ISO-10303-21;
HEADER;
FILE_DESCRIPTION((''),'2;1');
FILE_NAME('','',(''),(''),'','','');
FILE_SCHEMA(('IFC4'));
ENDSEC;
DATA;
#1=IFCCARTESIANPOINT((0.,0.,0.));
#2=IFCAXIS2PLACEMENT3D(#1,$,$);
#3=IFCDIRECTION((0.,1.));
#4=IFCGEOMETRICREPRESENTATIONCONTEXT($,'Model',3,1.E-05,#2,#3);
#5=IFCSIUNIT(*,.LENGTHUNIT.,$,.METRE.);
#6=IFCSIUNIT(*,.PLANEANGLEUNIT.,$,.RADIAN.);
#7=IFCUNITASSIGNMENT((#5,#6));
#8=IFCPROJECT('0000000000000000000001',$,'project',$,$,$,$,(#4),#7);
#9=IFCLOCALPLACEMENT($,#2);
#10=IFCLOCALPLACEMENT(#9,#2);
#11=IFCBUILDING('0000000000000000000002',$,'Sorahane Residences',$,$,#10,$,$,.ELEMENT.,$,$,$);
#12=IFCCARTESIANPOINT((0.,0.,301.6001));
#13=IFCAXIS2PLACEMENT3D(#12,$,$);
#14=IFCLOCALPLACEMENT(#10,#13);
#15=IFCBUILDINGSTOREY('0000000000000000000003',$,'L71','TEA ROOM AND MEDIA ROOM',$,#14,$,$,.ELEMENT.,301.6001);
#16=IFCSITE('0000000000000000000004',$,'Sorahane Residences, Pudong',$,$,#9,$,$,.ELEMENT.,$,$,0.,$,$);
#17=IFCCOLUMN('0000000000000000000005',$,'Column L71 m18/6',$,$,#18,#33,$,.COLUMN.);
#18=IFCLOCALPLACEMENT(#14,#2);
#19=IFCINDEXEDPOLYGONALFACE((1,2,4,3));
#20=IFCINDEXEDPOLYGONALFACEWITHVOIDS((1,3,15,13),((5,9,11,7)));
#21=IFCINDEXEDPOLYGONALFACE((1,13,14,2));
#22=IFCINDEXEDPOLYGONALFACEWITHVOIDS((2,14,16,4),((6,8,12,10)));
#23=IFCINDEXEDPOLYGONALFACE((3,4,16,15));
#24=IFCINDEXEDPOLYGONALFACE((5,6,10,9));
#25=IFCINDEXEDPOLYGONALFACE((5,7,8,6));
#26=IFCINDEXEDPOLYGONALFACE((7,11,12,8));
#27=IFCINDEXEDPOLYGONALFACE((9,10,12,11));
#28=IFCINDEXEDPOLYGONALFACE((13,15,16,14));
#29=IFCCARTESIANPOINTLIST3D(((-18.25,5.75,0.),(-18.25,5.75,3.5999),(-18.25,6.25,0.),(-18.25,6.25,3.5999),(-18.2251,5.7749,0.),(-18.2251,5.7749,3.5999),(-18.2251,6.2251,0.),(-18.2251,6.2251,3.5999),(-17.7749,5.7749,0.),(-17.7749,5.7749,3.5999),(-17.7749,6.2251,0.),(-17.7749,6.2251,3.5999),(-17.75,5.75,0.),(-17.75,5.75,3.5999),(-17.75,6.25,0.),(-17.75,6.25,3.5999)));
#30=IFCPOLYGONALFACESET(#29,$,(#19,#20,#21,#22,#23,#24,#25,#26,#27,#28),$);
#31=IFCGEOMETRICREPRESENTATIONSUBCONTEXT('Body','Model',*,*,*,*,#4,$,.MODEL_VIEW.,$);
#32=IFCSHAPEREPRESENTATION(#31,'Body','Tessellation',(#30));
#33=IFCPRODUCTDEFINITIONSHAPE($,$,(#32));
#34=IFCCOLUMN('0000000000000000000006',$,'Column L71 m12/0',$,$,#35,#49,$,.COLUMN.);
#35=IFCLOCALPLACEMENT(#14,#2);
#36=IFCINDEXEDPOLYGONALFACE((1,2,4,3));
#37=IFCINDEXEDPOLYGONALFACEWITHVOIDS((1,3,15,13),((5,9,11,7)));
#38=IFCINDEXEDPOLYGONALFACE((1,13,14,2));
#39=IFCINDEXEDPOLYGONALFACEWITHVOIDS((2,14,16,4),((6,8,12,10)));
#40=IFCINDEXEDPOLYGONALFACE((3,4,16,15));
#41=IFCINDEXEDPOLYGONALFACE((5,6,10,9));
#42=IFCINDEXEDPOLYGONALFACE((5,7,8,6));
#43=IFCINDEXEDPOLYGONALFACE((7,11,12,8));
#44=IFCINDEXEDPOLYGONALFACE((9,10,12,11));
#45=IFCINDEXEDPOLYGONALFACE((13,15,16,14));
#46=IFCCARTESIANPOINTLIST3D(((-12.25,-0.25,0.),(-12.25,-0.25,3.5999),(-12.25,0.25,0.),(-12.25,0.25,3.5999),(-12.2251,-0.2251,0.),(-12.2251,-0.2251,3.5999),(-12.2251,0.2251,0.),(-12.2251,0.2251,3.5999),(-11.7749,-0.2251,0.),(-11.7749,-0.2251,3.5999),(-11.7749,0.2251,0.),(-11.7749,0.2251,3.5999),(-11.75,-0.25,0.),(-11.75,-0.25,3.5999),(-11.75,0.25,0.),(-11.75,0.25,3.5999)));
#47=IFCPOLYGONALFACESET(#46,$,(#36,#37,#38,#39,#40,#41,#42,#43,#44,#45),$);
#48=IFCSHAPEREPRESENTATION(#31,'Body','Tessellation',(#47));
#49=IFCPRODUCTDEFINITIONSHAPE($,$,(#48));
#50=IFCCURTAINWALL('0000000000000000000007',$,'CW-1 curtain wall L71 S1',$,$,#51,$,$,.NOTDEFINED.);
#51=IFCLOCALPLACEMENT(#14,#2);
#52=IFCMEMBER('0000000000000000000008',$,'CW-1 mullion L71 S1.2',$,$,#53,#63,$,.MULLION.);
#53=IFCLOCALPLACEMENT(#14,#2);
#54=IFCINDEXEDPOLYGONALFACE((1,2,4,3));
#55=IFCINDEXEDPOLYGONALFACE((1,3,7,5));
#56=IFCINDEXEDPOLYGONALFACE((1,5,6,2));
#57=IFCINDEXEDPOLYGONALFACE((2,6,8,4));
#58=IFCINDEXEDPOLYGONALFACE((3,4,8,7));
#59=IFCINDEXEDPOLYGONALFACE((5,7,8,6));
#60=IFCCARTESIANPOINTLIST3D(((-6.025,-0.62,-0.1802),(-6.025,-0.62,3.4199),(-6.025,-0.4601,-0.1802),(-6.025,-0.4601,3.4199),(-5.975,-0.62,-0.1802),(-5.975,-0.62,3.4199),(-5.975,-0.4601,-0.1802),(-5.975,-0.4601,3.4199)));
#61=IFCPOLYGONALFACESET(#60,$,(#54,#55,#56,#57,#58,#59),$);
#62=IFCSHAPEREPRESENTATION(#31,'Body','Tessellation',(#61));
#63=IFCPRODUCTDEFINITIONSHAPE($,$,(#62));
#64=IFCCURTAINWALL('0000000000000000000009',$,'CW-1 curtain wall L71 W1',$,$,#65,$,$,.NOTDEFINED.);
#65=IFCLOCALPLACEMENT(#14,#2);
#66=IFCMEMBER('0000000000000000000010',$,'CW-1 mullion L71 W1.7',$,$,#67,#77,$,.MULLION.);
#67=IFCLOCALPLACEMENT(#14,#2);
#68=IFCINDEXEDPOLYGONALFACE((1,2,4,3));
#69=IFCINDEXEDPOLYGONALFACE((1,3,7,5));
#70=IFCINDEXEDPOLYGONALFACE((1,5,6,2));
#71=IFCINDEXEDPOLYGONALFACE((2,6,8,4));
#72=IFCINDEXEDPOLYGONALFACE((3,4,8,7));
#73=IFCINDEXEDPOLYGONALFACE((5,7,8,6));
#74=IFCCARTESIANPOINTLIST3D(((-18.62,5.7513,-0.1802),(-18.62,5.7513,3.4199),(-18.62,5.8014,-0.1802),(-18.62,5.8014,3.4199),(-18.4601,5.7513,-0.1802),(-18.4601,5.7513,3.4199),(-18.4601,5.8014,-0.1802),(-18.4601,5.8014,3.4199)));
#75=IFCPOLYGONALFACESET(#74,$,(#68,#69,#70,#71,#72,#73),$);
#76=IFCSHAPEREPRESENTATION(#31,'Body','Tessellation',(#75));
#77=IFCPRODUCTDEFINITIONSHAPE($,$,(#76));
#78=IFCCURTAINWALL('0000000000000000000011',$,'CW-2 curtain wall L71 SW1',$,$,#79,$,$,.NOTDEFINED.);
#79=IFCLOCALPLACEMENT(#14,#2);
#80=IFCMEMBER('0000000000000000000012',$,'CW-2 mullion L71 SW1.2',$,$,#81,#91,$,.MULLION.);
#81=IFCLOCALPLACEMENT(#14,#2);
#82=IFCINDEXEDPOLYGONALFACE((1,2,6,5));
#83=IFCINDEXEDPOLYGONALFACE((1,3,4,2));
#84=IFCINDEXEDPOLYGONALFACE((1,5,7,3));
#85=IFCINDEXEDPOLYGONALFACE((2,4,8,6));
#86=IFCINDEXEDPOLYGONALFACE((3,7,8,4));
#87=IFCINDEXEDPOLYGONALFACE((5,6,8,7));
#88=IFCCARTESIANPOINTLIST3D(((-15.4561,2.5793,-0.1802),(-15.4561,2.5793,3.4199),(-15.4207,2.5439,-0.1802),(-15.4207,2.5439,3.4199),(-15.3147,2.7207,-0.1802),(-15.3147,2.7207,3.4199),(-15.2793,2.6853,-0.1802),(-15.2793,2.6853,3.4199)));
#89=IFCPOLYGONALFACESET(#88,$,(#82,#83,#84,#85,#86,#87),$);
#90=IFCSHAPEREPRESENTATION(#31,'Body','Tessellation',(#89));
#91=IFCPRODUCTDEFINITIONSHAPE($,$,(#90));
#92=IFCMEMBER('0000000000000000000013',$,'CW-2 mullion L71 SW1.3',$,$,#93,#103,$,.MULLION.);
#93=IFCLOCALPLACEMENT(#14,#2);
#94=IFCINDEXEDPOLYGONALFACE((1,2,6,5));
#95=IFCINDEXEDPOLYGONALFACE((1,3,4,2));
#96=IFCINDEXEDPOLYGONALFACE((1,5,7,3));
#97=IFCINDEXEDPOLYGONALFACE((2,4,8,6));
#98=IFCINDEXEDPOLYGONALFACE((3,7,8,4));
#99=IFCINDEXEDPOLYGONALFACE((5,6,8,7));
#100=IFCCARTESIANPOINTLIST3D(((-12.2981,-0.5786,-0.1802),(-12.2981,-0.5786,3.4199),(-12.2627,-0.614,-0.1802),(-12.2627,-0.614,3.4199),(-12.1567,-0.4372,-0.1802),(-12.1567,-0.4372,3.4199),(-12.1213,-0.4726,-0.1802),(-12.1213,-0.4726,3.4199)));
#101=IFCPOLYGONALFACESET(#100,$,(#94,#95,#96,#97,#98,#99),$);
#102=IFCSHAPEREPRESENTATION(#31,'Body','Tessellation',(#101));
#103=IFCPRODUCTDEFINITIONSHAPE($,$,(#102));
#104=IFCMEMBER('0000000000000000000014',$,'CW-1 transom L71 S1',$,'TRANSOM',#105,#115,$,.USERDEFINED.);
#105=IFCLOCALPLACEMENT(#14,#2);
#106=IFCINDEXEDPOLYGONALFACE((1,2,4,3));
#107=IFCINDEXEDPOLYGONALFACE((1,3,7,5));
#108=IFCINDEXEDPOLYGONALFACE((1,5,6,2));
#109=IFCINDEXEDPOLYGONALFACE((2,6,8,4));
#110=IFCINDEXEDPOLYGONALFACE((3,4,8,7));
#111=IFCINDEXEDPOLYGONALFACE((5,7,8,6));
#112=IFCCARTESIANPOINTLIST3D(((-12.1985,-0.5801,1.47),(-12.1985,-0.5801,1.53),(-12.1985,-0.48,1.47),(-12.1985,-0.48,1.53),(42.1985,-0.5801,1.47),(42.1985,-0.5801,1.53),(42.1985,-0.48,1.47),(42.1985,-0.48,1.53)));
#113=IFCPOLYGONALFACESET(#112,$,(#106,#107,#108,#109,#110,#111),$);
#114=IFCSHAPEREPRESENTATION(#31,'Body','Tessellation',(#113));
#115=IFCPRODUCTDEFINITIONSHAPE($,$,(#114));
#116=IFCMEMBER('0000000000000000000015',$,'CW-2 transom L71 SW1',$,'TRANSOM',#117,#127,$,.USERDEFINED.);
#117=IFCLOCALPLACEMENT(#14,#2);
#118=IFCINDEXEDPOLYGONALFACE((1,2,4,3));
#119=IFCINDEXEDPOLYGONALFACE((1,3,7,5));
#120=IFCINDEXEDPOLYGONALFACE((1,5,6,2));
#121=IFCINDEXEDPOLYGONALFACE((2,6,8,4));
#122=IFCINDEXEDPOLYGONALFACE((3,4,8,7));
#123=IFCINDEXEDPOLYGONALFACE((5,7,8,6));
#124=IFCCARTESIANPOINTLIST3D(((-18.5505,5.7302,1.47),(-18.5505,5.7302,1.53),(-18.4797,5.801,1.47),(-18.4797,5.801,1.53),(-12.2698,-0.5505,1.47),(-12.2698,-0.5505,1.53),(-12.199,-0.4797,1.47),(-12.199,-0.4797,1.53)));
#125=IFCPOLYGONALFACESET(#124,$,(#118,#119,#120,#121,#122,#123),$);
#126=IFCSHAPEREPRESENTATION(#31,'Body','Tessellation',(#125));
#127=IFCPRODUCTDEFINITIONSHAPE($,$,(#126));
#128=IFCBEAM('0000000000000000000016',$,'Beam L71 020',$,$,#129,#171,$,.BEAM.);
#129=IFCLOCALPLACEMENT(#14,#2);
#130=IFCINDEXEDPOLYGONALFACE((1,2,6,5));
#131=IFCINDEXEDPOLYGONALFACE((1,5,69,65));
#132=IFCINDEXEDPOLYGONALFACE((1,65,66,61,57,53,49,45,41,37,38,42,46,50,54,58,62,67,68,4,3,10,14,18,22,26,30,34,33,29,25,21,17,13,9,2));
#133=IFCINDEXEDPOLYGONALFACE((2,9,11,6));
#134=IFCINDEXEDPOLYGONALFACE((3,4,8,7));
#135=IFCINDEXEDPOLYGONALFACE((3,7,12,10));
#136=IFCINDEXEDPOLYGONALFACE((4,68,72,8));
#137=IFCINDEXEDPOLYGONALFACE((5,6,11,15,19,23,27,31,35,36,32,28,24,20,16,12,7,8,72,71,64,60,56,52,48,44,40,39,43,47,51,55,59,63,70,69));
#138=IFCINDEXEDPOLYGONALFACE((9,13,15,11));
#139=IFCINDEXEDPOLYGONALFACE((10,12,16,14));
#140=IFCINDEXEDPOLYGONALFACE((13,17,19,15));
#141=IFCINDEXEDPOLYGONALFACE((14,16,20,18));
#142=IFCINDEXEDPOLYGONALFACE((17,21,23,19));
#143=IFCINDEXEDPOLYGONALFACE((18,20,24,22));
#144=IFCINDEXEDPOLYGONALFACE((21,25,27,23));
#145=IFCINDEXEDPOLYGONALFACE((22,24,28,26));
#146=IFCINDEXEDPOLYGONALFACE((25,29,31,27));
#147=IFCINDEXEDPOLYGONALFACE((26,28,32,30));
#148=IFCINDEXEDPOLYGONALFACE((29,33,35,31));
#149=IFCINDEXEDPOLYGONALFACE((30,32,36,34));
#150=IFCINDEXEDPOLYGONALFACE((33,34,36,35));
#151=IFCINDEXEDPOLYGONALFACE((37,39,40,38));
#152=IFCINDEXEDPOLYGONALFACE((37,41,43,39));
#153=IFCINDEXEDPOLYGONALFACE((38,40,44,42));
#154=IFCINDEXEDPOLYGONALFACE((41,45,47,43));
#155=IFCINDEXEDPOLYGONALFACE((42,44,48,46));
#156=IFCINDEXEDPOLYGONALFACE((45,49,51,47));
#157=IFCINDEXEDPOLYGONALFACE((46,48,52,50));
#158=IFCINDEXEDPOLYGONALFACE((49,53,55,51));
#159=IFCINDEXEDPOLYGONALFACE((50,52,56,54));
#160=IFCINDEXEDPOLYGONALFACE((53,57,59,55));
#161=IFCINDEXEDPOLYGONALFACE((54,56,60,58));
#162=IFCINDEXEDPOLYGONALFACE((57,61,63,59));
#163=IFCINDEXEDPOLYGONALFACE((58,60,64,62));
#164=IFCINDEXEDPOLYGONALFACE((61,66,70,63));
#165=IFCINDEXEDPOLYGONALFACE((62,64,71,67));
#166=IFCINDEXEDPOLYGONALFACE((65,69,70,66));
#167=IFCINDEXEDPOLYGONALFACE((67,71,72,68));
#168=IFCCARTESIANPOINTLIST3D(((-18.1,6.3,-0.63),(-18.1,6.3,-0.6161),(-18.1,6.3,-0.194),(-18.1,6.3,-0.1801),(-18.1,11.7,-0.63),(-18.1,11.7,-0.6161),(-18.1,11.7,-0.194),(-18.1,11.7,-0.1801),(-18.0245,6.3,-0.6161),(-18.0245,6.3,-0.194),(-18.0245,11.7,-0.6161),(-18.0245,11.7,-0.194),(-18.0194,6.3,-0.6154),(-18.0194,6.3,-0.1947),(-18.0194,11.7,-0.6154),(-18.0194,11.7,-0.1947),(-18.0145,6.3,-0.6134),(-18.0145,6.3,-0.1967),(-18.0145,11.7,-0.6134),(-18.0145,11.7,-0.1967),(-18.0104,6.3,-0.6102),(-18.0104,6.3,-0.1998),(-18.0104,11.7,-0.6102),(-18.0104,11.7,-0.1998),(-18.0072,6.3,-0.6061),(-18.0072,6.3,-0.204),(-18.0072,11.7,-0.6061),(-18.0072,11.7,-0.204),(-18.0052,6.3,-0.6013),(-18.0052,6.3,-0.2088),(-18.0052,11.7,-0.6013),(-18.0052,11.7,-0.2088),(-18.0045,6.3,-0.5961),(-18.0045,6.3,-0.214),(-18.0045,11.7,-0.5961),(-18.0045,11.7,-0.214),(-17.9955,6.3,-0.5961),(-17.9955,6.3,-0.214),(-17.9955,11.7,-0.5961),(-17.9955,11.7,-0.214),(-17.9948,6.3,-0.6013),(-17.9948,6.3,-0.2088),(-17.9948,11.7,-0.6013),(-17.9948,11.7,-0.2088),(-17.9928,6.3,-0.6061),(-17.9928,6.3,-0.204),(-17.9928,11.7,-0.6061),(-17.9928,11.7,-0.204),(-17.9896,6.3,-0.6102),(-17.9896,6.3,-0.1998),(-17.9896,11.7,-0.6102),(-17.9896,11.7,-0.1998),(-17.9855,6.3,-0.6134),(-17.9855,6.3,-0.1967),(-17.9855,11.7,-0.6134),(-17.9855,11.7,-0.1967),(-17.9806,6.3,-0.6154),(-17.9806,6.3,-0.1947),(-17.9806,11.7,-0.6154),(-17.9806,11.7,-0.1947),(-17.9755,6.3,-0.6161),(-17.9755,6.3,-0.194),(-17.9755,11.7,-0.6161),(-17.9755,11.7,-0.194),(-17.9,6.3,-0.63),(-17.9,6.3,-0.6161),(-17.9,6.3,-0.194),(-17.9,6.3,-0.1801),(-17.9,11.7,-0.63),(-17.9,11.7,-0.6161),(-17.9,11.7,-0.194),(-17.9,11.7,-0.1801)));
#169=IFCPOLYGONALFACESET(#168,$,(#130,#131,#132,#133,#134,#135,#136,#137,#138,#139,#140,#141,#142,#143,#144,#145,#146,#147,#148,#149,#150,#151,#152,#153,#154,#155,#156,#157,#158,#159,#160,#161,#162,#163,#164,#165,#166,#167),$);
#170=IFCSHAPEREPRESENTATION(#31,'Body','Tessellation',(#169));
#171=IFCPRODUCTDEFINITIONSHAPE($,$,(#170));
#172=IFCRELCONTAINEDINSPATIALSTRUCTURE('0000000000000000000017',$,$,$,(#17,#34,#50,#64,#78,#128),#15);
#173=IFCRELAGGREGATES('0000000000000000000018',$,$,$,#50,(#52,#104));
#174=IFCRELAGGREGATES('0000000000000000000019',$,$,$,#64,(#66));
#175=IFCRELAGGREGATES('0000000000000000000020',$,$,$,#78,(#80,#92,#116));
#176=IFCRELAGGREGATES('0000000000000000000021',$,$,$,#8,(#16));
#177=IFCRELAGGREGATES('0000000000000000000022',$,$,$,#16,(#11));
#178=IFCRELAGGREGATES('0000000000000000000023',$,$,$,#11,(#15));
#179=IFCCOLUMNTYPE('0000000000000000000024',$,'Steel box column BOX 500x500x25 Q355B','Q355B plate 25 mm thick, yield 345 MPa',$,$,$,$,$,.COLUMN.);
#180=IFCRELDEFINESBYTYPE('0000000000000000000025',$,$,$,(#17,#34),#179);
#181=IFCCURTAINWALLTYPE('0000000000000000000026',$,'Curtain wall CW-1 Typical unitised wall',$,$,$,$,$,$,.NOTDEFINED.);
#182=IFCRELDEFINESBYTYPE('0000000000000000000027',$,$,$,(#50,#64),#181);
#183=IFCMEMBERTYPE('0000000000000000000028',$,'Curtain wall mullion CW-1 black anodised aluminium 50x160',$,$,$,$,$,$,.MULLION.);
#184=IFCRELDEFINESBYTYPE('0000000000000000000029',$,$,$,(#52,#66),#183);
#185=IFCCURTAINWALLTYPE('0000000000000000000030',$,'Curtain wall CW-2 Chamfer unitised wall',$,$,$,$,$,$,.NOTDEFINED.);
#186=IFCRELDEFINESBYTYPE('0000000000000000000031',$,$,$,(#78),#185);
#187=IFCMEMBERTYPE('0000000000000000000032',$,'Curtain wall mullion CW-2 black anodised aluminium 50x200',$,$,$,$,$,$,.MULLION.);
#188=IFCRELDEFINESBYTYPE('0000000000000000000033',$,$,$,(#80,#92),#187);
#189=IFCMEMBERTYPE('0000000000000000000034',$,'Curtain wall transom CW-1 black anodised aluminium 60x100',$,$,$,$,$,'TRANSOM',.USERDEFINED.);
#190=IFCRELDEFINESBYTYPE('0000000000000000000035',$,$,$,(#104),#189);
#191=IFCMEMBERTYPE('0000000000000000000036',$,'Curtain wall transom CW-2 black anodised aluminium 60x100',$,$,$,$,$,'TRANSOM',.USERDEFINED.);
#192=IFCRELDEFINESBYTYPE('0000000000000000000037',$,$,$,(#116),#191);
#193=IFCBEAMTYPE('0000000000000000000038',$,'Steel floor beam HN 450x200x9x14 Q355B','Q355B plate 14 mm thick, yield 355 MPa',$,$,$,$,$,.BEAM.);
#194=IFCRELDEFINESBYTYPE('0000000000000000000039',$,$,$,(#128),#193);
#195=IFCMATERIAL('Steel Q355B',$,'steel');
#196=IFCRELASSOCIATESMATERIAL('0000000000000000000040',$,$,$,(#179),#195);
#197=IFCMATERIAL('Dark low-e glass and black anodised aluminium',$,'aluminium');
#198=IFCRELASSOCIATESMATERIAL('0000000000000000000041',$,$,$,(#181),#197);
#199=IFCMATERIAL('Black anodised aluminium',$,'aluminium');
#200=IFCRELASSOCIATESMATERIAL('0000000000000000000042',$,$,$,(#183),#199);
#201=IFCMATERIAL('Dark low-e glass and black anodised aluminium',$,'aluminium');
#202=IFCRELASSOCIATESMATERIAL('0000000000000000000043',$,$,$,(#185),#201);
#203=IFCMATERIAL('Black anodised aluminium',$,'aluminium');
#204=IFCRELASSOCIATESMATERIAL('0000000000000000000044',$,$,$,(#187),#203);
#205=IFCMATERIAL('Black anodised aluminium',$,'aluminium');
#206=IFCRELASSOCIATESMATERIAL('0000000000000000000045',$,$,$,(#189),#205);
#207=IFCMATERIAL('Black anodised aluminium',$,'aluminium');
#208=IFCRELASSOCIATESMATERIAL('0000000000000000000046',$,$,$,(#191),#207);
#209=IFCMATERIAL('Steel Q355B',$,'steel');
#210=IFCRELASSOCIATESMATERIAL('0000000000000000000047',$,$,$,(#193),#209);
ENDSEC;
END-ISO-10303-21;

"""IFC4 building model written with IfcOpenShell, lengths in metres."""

from ifc_helpers import new_model, si_unit, direction, frame, origin, origin_2d, place, context, subcontext, project, spatial, rectangle, hollow_rectangle, i_section, extrude, material, material_profile, profile_set, type_object, element, aggregate, save


model = new_model("IFC4")

# Units and contexts
model_context = context("Model", 3, precision=1e-05, world=origin(), true_north=direction((0.0, 1.0)))
body_context = subcontext(model_context, "Body", "Model", "MODEL_VIEW")
ifc_project = project(units=[si_unit("LENGTHUNIT", "METRE"), si_unit("PLANEANGLEUNIT", "RADIAN")], contexts=[model_context])

# Site, building, storey
site_placement = place(None, origin())
site = spatial("IfcSite", under=ifc_project, at=site_placement, Name="Sorahane Residences, Pudong", CompositionType="ELEMENT", RefElevation=0.0)
building_placement = place(site_placement, origin())
building = spatial("IfcBuilding", under=site, at=building_placement, Name="Sorahane Residences", CompositionType="ELEMENT")
storey_placement = place(building_placement, frame((0.0, 0.0, 301.6001)))
storey = spatial("IfcBuildingStorey", under=building, at=storey_placement, Name="L71", Description="TEA ROOM AND MEDIA ROOM", CompositionType="ELEMENT", Elevation=301.6001)

# Columns
ifc_material_1 = material(Name="Steel Q355B", Category="steel")
ifc_material_profile_1 = material_profile(ifc_material_1, hollow_rectangle(XDim=0.5, YDim=0.5, WallThickness=0.0249, at=origin_2d()), Name="BOX 500x500x25")
ifc_profile_set_1 = profile_set([ifc_material_profile_1], Name="Steel Q355B")
column_type = type_object("IfcColumnType", Name="Steel box column BOX 500x500x25 Q355B", Description="Q355B plate 25 mm thick, yield 345 MPa", PredefinedType="COLUMN", material=ifc_profile_set_1)
for number, where, z_axis, x_axis, name in (
    (1, (-18.0, 6.0, 0.0), (0.0, 0.0, 1.0), (1.0, 0.0, 0.0), "Column L71 m18/6"),
    (2, (-12.0, 0.0, 0.0), (0.0, 0.0, 1.0), (1.0, 0.0, 0.0), "Column L71 m12/0"),
):
    element("IfcColumn", number, at=place(storey_placement, frame(where, z_axis=z_axis, x_axis=x_axis)), inside=storey, type_object=column_type, Name=name, PredefinedType="COLUMN", context=body_context, shape_type="SweptSolid", body=[
        extrude(hollow_rectangle(XDim=0.5, YDim=0.5, WallThickness=0.0249, at=origin_2d()), origin(), (0.0, 0.0, 1.0), 3.5999),
    ])

# Curtain walls, members
ifc_material_2 = material(Name="Dark low-e glass and black anodised aluminium", Category="aluminium")
curtain_wall_type_1 = type_object("IfcCurtainWallType", Name="Curtain wall CW-1 Typical unitised wall", PredefinedType="NOTDEFINED", material=ifc_material_2)
curtain_wall_1_placement = place(storey_placement, origin())
curtain_wall_1 = element("IfcCurtainWall", 3, at=curtain_wall_1_placement, inside=storey, type_object=curtain_wall_type_1, Name="CW-1 curtain wall L71 S1", PredefinedType="NOTDEFINED")
ifc_material_3 = material(Name="Black anodised aluminium", Category="aluminium")
ifc_material_profile_2 = material_profile(ifc_material_3, rectangle(XDim=0.1599, YDim=0.05, at=origin_2d()), Name="Curtain wall mullion CW-1 black anodised aluminium 50x160")
ifc_profile_set_2 = profile_set([ifc_material_profile_2], Name="Black anodised aluminium")
member_type_1 = type_object("IfcMemberType", Name="Curtain wall mullion CW-1 black anodised aluminium 50x160", PredefinedType="MULLION", material=ifc_profile_set_2)
member_1_placement = place(storey_placement, frame((-6.0, -0.54, -0.1802), z_axis=(0.0, 0.0, 1.0), x_axis=(0.0, -1.0, 0.0)))
member_1 = element("IfcMember", 4, at=member_1_placement, type_object=member_type_1, Name="CW-1 mullion L71 S1.2", PredefinedType="MULLION", context=body_context, shape_type="SweptSolid", body=[
    extrude(rectangle(XDim=0.1599, YDim=0.05, at=origin_2d()), origin(), (0.0, 0.0, 1.0), 3.6001),
])
curtain_wall_2_placement = place(storey_placement, origin())
curtain_wall_2 = element("IfcCurtainWall", 5, at=curtain_wall_2_placement, inside=storey, type_object=curtain_wall_type_1, Name="CW-1 curtain wall L71 W1", PredefinedType="NOTDEFINED")
member_2_placement = place(storey_placement, frame((-18.54, 5.7764, -0.1802), z_axis=(0.0, 0.0, 1.0), x_axis=(-1.0, 0.0, 0.0)))
member_2 = element("IfcMember", 6, at=member_2_placement, type_object=member_type_1, Name="CW-1 mullion L71 W1.7", PredefinedType="MULLION", context=body_context, shape_type="SweptSolid", body=[
    extrude(rectangle(XDim=0.1599, YDim=0.05, at=origin_2d()), origin(), (0.0, 0.0, 1.0), 3.6001),
])

# Curtain wall, members
ifc_material_4 = material(Name="Dark low-e glass and black anodised aluminium", Category="aluminium")
curtain_wall_type_2 = type_object("IfcCurtainWallType", Name="Curtain wall CW-2 Chamfer unitised wall", PredefinedType="NOTDEFINED", material=ifc_material_4)
curtain_wall_3_placement = place(storey_placement, origin())
curtain_wall_3 = element("IfcCurtainWall", 7, at=curtain_wall_3_placement, inside=storey, type_object=curtain_wall_type_2, Name="CW-2 curtain wall L71 SW1", PredefinedType="NOTDEFINED")
ifc_material_5 = material(Name="Black anodised aluminium", Category="aluminium")
ifc_material_profile_3 = material_profile(ifc_material_5, rectangle(XDim=0.2, YDim=0.05, at=origin_2d()), Name="Curtain wall mullion CW-2 black anodised aluminium 50x200")
ifc_profile_set_3 = profile_set([ifc_material_profile_3], Name="Black anodised aluminium")
member_type_2 = type_object("IfcMemberType", Name="Curtain wall mullion CW-2 black anodised aluminium 50x200", PredefinedType="MULLION", material=ifc_profile_set_3)
member_3_placement = place(storey_placement, frame((-15.3677, 2.6323, -0.1802), z_axis=(0.0, 0.0, 1.0), x_axis=(-0.707107, -0.707107, 0.0)))
member_3 = element("IfcMember", 8, at=member_3_placement, type_object=member_type_2, Name="CW-2 mullion L71 SW1.2", PredefinedType="MULLION", context=body_context, shape_type="SweptSolid", body=[
    extrude(rectangle(XDim=0.2, YDim=0.05, at=origin_2d()), origin(), (0.0, 0.0, 1.0), 3.6001),
])
member_4_placement = place(storey_placement, frame((-12.2097, -0.5256, -0.1802), z_axis=(0.0, 0.0, 1.0), x_axis=(-0.707107, -0.707107, 0.0)))
member_4 = element("IfcMember", 9, at=member_4_placement, type_object=member_type_2, Name="CW-2 mullion L71 SW1.3", PredefinedType="MULLION", context=body_context, shape_type="SweptSolid", body=[
    extrude(rectangle(XDim=0.2, YDim=0.05, at=origin_2d()), origin(), (0.0, 0.0, 1.0), 3.6001),
])

# Members
ifc_material_6 = material(Name="Black anodised aluminium", Category="aluminium")
ifc_material_profile_4 = material_profile(ifc_material_6, rectangle(XDim=0.1001, YDim=0.0601, at=origin_2d()), Name="Curtain wall transom CW-1 black anodised aluminium 60x100")
ifc_profile_set_4 = profile_set([ifc_material_profile_4], Name="Black anodised aluminium")
member_type_3 = type_object("IfcMemberType", Name="Curtain wall transom CW-1 black anodised aluminium 60x100", ElementType="TRANSOM", PredefinedType="USERDEFINED", material=ifc_profile_set_4)
member_5_placement = place(storey_placement, frame((-12.1985, -0.53, 1.5), z_axis=(1.0, 0.0, 0.0), x_axis=(0.0, 1.0, 0.0)))
member_5 = element("IfcMember", 10, at=member_5_placement, type_object=member_type_3, Name="CW-1 transom L71 S1", ObjectType="TRANSOM", PredefinedType="USERDEFINED", context=body_context, shape_type="SweptSolid", body=[
    extrude(rectangle(XDim=0.1001, YDim=0.0601, at=origin_2d()), origin(), (0.0, 0.0, 1.0), 54.397),
])
ifc_material_7 = material(Name="Black anodised aluminium", Category="aluminium")
ifc_material_profile_5 = material_profile(ifc_material_7, rectangle(XDim=0.1001, YDim=0.0601, at=origin_2d()), Name="Curtain wall transom CW-2 black anodised aluminium 60x100")
ifc_profile_set_5 = profile_set([ifc_material_profile_5], Name="Black anodised aluminium")
member_type_4 = type_object("IfcMemberType", Name="Curtain wall transom CW-2 black anodised aluminium 60x100", ElementType="TRANSOM", PredefinedType="USERDEFINED", material=ifc_profile_set_5)
member_6_placement = place(storey_placement, frame((-18.5151, 5.7656, 1.5), z_axis=(0.707107, -0.707107, 0.0), x_axis=(0.707107, 0.707107, 0.0)))
member_6 = element("IfcMember", 11, at=member_6_placement, type_object=member_type_4, Name="CW-2 transom L71 SW1", ObjectType="TRANSOM", PredefinedType="USERDEFINED", context=body_context, shape_type="SweptSolid", body=[
    extrude(rectangle(XDim=0.1001, YDim=0.0601, at=origin_2d()), origin(), (0.0, 0.0, 1.0), 8.8823),
])

# Beam
ifc_material_8 = material(Name="Steel Q355B", Category="steel")
ifc_material_profile_6 = material_profile(ifc_material_8, i_section(OverallWidth=0.2, OverallDepth=0.45, WebThickness=0.009, FlangeThickness=0.0139, FilletRadius=0.02, at=origin_2d()), Name="HN 450x200x9x14")
ifc_profile_set_6 = profile_set([ifc_material_profile_6], Name="Steel Q355B")
beam_type_1 = type_object("IfcBeamType", Name="Steel floor beam HN 450x200x9x14 Q355B", Description="Q355B plate 14 mm thick, yield 355 MPa", PredefinedType="BEAM", material=ifc_profile_set_6)
beam_1_placement = place(storey_placement, frame((-18.0, 6.3, -0.405), z_axis=(0.0, 1.0, 0.0), x_axis=(-1.0, 0.0, 0.0)))
element("IfcBeam", 12, at=beam_1_placement, inside=storey, type_object=beam_type_1, Name="Beam L71 020", PredefinedType="BEAM", context=body_context, shape_type="SweptSolid", body=[
    extrude(i_section(OverallWidth=0.2, OverallDepth=0.45, WebThickness=0.009, FlangeThickness=0.0139, FilletRadius=0.02, at=origin_2d()), origin(), (0.0, 0.0, 1.0), 5.3999),
])

aggregate(curtain_wall_1, [member_1, member_5])
aggregate(curtain_wall_2, [member_2])
aggregate(curtain_wall_3, [member_3, member_4, member_6])

save(model, "model.ifc")
